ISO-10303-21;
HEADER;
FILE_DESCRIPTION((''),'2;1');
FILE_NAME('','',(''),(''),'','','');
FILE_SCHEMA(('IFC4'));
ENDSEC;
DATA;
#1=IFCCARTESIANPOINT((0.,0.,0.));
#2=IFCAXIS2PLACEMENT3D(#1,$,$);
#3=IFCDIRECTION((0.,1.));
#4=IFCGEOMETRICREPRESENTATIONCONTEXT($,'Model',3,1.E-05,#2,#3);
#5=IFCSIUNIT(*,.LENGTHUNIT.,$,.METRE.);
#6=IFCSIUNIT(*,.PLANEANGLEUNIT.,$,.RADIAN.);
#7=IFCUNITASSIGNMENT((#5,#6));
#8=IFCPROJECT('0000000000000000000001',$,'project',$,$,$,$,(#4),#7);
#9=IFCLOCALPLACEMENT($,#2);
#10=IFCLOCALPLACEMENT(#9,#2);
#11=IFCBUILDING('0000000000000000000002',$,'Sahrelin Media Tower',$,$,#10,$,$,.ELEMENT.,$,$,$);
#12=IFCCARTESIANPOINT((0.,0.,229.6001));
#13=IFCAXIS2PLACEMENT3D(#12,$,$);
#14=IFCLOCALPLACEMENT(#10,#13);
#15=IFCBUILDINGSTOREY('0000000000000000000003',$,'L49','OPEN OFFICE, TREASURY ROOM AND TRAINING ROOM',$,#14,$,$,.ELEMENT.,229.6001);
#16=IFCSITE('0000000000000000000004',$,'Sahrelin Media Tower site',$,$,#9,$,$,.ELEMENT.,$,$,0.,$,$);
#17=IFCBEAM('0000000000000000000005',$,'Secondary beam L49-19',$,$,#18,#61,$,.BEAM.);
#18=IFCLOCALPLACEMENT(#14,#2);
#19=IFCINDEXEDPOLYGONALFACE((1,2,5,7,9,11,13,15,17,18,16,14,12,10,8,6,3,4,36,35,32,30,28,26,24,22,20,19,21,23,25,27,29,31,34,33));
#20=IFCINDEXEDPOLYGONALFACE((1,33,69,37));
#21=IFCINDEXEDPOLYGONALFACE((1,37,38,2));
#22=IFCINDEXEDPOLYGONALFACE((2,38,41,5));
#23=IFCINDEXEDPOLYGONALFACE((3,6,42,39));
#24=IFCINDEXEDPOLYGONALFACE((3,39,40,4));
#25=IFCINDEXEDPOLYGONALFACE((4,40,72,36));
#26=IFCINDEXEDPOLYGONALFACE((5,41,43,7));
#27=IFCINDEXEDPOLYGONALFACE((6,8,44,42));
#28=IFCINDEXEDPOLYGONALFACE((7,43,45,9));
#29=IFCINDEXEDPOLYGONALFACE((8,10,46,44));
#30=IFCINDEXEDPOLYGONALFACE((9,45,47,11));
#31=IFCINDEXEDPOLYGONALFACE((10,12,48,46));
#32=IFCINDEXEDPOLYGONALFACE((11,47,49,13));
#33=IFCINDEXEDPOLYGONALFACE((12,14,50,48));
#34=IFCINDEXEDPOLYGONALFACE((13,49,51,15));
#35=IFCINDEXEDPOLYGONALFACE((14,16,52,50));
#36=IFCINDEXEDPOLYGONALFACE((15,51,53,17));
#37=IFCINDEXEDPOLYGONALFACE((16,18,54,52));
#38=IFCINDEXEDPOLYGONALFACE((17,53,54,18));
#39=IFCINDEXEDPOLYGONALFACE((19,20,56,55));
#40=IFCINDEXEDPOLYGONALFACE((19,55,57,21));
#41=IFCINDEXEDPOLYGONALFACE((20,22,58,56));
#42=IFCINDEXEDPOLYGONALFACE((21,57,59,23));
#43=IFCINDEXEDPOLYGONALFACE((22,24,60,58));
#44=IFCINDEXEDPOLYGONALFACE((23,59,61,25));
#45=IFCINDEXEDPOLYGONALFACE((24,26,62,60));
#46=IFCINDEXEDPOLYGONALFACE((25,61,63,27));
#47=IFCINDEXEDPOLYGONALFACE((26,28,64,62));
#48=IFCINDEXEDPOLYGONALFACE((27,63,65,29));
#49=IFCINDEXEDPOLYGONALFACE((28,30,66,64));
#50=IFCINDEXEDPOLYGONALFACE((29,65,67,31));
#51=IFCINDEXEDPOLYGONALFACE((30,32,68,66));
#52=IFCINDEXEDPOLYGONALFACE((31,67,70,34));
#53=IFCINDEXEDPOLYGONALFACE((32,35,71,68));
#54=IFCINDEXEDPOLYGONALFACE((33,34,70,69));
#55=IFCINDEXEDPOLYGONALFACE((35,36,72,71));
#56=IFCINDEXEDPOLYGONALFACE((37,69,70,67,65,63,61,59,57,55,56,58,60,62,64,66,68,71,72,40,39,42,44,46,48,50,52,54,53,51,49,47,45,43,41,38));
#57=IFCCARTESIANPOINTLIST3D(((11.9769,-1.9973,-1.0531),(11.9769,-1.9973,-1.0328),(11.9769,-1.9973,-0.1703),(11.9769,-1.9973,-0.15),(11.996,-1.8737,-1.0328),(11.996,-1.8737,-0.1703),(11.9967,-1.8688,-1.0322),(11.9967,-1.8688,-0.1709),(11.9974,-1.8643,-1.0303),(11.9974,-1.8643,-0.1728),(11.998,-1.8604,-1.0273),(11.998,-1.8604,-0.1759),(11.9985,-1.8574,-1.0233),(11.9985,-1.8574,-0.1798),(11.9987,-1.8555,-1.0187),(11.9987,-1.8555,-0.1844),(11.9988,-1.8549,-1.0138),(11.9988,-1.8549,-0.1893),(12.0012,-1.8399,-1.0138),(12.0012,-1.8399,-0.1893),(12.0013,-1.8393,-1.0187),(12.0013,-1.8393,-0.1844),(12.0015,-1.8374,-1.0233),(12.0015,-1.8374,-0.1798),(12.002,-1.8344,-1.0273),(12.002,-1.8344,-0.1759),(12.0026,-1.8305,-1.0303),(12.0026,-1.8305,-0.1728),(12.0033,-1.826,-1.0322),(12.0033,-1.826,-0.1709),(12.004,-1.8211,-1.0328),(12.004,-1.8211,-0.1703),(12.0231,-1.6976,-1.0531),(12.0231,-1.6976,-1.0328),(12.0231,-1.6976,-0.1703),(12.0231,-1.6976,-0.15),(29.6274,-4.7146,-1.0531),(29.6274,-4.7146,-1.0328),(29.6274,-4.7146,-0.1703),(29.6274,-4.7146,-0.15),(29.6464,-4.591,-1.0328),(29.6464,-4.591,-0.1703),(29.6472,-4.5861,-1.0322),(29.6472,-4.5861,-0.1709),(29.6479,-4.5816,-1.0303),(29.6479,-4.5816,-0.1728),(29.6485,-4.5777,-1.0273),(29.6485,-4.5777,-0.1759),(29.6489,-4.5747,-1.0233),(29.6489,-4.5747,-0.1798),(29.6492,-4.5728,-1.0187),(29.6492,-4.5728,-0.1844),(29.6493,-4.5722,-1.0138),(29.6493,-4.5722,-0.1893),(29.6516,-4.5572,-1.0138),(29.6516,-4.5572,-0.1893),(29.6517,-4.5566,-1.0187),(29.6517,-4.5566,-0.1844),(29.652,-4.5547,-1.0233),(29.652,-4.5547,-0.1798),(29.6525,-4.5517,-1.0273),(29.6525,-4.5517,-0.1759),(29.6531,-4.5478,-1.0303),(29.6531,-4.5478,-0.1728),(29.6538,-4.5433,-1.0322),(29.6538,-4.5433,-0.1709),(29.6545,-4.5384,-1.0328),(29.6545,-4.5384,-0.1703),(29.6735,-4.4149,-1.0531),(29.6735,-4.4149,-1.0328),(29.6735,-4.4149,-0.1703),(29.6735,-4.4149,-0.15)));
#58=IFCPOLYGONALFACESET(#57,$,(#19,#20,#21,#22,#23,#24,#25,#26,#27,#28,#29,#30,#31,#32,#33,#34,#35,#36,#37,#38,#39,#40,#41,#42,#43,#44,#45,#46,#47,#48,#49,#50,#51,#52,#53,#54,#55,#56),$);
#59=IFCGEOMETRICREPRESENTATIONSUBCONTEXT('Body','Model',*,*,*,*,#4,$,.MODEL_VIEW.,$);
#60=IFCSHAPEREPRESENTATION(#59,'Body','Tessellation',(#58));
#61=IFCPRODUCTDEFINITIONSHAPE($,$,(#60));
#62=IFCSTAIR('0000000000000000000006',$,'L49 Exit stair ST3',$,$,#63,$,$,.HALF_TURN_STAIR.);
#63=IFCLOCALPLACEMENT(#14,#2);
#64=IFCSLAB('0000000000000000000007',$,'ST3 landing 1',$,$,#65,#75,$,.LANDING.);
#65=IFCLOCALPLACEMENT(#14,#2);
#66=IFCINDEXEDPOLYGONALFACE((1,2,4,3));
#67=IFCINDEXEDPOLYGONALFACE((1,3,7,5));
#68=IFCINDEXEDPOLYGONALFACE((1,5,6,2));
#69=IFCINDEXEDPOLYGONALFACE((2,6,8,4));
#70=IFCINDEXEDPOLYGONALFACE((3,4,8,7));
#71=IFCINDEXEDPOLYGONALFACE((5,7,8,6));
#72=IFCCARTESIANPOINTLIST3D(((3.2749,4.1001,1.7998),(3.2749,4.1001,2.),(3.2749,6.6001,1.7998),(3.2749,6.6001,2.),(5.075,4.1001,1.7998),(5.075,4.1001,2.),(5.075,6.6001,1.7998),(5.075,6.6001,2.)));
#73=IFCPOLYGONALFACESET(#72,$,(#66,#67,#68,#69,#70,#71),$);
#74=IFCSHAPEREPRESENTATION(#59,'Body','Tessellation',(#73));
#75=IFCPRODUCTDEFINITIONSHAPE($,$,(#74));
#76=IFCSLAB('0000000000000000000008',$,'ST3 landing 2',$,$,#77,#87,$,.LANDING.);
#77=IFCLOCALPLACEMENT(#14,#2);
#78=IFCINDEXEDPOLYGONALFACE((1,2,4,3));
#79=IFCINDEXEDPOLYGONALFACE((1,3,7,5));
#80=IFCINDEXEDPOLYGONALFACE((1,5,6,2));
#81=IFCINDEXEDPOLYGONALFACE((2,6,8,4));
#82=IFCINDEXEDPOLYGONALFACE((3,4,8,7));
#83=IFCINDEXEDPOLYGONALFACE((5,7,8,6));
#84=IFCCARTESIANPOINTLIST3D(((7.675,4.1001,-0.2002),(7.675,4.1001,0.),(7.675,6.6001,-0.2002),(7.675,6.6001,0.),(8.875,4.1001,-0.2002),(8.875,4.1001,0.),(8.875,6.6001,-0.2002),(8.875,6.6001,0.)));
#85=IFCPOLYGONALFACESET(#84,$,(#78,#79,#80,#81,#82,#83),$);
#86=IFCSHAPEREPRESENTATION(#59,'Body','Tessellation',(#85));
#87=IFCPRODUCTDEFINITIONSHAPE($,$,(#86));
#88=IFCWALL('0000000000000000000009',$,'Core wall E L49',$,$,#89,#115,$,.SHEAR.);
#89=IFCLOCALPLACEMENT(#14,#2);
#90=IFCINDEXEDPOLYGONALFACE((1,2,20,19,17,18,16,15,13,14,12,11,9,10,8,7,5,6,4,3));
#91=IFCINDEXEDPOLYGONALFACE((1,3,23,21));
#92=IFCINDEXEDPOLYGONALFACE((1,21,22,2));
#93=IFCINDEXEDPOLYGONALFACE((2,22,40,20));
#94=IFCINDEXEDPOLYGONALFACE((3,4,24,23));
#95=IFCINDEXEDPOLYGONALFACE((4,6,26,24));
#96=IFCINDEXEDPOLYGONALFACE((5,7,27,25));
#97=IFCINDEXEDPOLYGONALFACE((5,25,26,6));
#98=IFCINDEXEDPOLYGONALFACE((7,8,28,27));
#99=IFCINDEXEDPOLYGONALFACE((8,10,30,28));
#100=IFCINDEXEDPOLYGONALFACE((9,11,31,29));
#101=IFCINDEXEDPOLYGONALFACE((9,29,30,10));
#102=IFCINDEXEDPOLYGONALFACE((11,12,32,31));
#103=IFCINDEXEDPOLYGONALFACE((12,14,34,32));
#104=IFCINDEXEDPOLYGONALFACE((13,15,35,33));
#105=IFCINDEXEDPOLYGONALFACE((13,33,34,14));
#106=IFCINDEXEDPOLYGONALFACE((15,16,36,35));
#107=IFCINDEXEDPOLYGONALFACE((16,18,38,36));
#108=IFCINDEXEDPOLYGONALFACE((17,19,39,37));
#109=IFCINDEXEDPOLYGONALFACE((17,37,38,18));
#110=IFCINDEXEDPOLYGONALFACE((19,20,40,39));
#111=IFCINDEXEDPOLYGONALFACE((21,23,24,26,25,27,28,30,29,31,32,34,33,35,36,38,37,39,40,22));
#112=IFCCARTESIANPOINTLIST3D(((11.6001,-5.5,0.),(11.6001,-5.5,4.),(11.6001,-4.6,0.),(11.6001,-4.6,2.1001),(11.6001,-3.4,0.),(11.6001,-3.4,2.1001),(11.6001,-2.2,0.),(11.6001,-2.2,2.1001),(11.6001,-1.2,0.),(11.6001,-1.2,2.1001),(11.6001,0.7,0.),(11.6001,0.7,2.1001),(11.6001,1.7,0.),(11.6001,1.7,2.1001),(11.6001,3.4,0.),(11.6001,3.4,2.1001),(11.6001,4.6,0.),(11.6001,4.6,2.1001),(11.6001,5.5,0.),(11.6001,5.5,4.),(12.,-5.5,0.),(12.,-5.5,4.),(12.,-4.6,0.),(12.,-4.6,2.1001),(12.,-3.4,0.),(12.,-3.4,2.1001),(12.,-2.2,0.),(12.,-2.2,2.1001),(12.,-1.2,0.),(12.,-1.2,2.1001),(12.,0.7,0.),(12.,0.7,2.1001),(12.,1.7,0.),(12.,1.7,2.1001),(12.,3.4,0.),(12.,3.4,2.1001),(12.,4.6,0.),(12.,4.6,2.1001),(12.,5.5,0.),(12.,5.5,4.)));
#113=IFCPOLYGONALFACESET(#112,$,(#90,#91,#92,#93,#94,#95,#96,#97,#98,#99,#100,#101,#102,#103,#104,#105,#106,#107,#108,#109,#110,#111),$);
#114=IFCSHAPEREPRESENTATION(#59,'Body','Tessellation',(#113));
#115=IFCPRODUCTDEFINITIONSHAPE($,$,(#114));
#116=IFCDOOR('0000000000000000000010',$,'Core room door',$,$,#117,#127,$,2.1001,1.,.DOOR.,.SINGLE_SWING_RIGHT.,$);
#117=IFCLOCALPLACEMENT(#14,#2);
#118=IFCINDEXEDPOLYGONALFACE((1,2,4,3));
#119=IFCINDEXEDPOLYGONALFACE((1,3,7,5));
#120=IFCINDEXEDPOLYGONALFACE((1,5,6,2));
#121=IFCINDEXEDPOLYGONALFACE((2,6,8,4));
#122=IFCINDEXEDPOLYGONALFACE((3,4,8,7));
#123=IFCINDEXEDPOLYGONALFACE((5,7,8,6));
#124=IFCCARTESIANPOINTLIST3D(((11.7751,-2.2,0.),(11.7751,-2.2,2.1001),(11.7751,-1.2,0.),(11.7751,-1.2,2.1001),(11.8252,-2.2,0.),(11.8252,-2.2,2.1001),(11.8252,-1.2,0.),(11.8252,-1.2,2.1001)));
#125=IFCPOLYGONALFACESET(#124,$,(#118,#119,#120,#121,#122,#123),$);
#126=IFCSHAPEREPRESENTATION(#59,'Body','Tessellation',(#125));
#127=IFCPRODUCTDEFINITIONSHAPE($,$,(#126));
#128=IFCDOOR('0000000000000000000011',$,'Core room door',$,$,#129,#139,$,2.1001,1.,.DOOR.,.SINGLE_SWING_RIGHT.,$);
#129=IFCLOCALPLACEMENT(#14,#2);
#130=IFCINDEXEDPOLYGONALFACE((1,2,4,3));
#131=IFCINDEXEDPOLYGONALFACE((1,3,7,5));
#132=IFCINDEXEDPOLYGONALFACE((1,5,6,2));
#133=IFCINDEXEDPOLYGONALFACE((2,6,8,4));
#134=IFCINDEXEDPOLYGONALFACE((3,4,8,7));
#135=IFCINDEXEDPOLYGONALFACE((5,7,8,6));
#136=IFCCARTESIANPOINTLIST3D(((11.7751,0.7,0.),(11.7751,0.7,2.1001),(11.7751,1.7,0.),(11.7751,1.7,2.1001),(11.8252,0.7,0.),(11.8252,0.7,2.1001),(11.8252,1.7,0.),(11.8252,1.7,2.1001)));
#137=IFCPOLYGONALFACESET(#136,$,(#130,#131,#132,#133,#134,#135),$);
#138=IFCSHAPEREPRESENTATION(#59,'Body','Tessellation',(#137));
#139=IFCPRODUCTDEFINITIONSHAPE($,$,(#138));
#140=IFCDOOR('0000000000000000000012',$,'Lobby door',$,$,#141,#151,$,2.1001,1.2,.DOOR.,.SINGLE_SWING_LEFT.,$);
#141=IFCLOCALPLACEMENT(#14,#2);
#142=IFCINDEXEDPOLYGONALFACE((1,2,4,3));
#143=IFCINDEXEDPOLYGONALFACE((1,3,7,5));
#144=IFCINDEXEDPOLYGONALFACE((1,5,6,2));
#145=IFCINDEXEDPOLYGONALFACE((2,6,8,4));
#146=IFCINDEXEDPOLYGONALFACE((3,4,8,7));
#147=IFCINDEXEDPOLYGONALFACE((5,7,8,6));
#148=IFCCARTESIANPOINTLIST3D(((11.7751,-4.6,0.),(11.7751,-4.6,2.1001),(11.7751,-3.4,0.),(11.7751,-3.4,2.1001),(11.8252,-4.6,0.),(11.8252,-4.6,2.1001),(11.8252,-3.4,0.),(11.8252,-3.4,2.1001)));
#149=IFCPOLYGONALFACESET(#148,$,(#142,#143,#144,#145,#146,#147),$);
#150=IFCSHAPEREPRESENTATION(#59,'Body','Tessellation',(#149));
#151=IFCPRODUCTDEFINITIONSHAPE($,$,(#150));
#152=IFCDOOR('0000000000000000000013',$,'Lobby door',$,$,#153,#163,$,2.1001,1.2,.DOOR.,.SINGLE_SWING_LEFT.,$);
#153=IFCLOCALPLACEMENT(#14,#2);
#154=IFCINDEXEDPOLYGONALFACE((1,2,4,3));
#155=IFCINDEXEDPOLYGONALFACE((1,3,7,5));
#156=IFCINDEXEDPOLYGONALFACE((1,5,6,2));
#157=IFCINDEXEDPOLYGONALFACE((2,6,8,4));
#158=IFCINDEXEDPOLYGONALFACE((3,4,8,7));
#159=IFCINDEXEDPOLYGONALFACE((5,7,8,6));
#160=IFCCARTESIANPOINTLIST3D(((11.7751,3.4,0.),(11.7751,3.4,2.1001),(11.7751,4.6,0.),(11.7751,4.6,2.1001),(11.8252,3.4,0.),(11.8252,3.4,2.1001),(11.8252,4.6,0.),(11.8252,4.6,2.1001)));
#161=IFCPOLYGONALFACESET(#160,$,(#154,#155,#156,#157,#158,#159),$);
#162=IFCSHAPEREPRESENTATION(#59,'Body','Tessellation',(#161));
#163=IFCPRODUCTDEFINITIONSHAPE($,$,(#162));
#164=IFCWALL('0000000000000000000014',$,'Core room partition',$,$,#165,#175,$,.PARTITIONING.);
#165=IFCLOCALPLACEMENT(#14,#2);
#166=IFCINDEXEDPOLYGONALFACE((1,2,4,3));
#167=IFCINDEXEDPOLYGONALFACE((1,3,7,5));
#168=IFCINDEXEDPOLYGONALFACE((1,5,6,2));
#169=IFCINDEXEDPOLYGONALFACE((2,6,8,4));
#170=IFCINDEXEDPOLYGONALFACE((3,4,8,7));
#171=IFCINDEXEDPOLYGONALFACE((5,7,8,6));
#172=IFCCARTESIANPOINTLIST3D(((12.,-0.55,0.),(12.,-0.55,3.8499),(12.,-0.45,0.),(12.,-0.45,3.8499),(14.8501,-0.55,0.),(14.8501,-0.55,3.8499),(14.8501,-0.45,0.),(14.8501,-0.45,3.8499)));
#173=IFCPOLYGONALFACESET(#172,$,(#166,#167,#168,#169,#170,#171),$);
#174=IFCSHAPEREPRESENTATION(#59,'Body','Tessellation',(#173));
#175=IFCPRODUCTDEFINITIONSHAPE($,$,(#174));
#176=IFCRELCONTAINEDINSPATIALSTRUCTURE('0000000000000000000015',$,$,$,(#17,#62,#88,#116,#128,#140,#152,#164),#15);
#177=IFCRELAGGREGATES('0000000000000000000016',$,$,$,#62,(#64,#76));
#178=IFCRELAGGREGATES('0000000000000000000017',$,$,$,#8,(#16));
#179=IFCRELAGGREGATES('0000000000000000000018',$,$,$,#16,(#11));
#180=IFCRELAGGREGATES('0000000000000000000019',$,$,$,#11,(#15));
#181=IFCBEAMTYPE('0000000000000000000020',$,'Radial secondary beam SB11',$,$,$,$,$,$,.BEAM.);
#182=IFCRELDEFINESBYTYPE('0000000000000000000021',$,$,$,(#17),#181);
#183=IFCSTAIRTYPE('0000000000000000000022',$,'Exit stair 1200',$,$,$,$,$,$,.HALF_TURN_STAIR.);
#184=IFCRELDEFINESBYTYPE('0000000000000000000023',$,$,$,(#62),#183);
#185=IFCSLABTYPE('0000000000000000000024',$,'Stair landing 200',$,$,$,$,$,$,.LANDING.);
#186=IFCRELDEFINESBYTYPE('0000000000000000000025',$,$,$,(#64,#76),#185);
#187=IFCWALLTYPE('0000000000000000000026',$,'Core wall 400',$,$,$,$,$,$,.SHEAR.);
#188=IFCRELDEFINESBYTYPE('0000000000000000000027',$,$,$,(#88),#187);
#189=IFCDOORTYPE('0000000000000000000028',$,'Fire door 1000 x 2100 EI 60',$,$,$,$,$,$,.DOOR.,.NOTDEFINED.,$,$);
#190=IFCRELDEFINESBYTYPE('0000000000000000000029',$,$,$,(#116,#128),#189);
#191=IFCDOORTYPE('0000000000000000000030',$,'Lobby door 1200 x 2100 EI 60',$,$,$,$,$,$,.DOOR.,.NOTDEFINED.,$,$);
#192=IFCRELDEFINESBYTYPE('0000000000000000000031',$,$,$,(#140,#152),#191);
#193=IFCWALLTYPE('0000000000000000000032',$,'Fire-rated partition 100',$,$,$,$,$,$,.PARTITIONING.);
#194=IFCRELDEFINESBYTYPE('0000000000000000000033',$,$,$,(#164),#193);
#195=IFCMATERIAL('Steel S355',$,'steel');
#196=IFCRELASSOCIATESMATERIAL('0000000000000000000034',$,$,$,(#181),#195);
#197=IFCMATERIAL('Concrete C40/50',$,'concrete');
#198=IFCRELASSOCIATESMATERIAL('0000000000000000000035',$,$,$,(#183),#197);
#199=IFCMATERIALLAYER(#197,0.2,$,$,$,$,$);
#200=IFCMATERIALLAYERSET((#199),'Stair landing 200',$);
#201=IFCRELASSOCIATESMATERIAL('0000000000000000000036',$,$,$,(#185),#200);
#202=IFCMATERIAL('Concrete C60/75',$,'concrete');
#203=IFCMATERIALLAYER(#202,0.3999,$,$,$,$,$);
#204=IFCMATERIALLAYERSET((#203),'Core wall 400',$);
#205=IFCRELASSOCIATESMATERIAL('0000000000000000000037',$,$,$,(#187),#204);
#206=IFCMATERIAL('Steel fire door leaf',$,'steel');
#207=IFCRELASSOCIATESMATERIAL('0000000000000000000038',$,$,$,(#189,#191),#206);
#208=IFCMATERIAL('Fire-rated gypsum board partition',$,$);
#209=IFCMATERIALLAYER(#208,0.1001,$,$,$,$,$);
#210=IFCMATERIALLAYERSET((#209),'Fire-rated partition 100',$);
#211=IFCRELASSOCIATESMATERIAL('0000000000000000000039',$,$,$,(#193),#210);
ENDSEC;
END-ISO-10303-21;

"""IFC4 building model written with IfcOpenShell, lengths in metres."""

from ifc_helpers import new_model, si_unit, direction, frame, frame_2d, origin, origin_2d, place, context, subcontext, project, spatial, polyline, rectangle, i_section, outline, extrude, material, layer, layer_set, material_profile, profile_set, type_object, element, fill, aggregate, save


model = new_model("IFC4")

# Units and contexts
model_context = context("Model", 3, precision=1e-05, world=origin(), true_north=direction((0.0, 1.0)))
body_context = subcontext(model_context, "Body", "Model", "MODEL_VIEW")
ifc_project = project(units=[si_unit("LENGTHUNIT", "METRE"), si_unit("PLANEANGLEUNIT", "RADIAN")], contexts=[model_context])

# Site, building, storey
site_placement = place(None, origin())
site = spatial("IfcSite", under=ifc_project, at=site_placement, Name="Sahrelin Media Tower site", CompositionType="ELEMENT", RefElevation=0.0)
building_placement = place(site_placement, origin())
building = spatial("IfcBuilding", under=site, at=building_placement, Name="Sahrelin Media Tower", CompositionType="ELEMENT")
storey_placement = place(building_placement, frame((0.0, 0.0, 229.6001)))
storey = spatial("IfcBuildingStorey", under=building, at=storey_placement, Name="L49", Description="OPEN OFFICE, TREASURY ROOM AND TRAINING ROOM", CompositionType="ELEMENT", Elevation=229.6001)

# Beam
ifc_material_1 = material(Name="Steel S355", Category="steel")
ifc_material_profile_1 = material_profile(ifc_material_1, i_section(OverallWidth=0.3032, OverallDepth=0.9031, WebThickness=0.0151, FlangeThickness=0.0203, FilletRadius=0.019, at=origin_2d()), Name="UB 914x305x201")
ifc_profile_set_1 = profile_set([ifc_material_profile_1], Name="Steel S355")
beam_type_1 = type_object("IfcBeamType", Name="Radial secondary beam SB11", PredefinedType="BEAM", material=ifc_profile_set_1)
beam_1_placement = place(storey_placement, frame((12.0, -1.8474, -0.6016), z_axis=(0.988356, -0.152158, 0.0), x_axis=(0.152158, 0.988356, 0.0)))
element("IfcBeam", 1, at=beam_1_placement, inside=storey, type_object=beam_type_1, Name="Secondary beam L49-19", PredefinedType="BEAM", context=body_context, shape_type="SweptSolid", body=[
    extrude(i_section(OverallWidth=0.3032, OverallDepth=0.9031, WebThickness=0.0151, FlangeThickness=0.0203, FilletRadius=0.019, at=origin_2d()), origin(), (0.0, 0.0, 1.0), 17.8584),
])

# Stair, slabs
ifc_material_2 = material(Name="Concrete C40/50", Category="concrete")
stair_type = type_object("IfcStairType", Name="Exit stair 1200", PredefinedType="HALF_TURN_STAIR", material=ifc_material_2)
stair_placement = place(storey_placement, origin())
stair = element("IfcStair", 2, at=stair_placement, inside=storey, type_object=stair_type, Name="L49 Exit stair ST3", PredefinedType="HALF_TURN_STAIR")
ifc_layer_1 = layer(ifc_material_2, 0.2)
ifc_layer_set_1 = layer_set([ifc_layer_1], Name="Stair landing 200")
slab_type = type_object("IfcSlabType", Name="Stair landing 200", PredefinedType="LANDING", material=ifc_layer_set_1)
slab_1_placement = place(storey_placement, frame((0.0, 0.0, 1.7998)))
slab_1 = element("IfcSlab", 3, at=slab_1_placement, type_object=slab_type, Name="ST3 landing 1", PredefinedType="LANDING", context=body_context, shape_type="SweptSolid", body=[
    extrude(outline(polyline([(5.075, 6.6001), (3.2749, 6.6001), (3.2749, 4.1001), (5.075, 4.1001), (5.075, 6.6001)])), origin(), (0.0, 0.0, 1.0), 0.2002),
])
slab_2_placement = place(storey_placement, frame((0.0, 0.0, -0.2002)))
slab_2 = element("IfcSlab", 4, at=slab_2_placement, type_object=slab_type, Name="ST3 landing 2", PredefinedType="LANDING", context=body_context, shape_type="SweptSolid", body=[
    extrude(outline(polyline([(8.875, 6.6001), (7.675, 6.6001), (7.675, 4.1001), (8.875, 4.1001), (8.875, 6.6001)])), origin(), (0.0, 0.0, 1.0), 0.2002),
])
aggregate(stair, [slab_1, slab_2])

# Wall, openings, doors
ifc_material_3 = material(Name="Concrete C60/75", Category="concrete")
ifc_layer_2 = layer(ifc_material_3, 0.3999)
ifc_layer_set_2 = layer_set([ifc_layer_2], Name="Core wall 400")
wall_type_1 = type_object("IfcWallType", Name="Core wall 400", PredefinedType="SHEAR", material=ifc_layer_set_2)
wall_1_placement = place(storey_placement, frame((11.8, -5.5, 0.0), z_axis=(0.0, 0.0, 1.0), x_axis=(0.0, 1.0, 0.0)))
wall_1 = element("IfcWall", 5, at=wall_1_placement, inside=storey, type_object=wall_type_1, Name="Core wall E L49", PredefinedType="SHEAR", context=body_context, shape_type="SweptSolid", body=[
    extrude(rectangle(XDim=11.0, YDim=0.3999, at=frame_2d((5.5, 0.0))), origin(), (0.0, 0.0, 1.0), 4.0),
])
opening_1_placement = place(wall_1_placement, frame((3.3, 0.0, 0.0)))
opening_1 = element("IfcOpeningElement", 6, at=opening_1_placement, cuts=wall_1, PredefinedType="OPENING", context=body_context, shape_type="SweptSolid", body=[
    extrude(rectangle(XDim=1.0, YDim=2.1001, at=frame_2d((0.5, 1.05))), frame((0.0, 0.2, 0.0), z_axis=(0.0, -1.0, 0.0), x_axis=(1.0, 0.0, 0.0)), (0.0, 0.0, 1.0), 0.3999),
])
opening_2_placement = place(wall_1_placement, frame((6.2, 0.0, 0.0)))
opening_2 = element("IfcOpeningElement", 7, at=opening_2_placement, cuts=wall_1, PredefinedType="OPENING", context=body_context, shape_type="SweptSolid", body=[
    extrude(rectangle(XDim=1.0, YDim=2.1001, at=frame_2d((0.5, 1.05))), frame((0.0, 0.2, 0.0), z_axis=(0.0, -1.0, 0.0), x_axis=(1.0, 0.0, 0.0)), (0.0, 0.0, 1.0), 0.3999),
])
opening_3_placement = place(wall_1_placement, frame((0.8999, 0.0, 0.0)))
opening_3 = element("IfcOpeningElement", 8, at=opening_3_placement, cuts=wall_1, PredefinedType="OPENING", context=body_context, shape_type="SweptSolid", body=[
    extrude(rectangle(XDim=1.2, YDim=2.1001, at=frame_2d((0.6001, 1.05))), frame((0.0, 0.2, 0.0), z_axis=(0.0, -1.0, 0.0), x_axis=(1.0, 0.0, 0.0)), (0.0, 0.0, 1.0), 0.3999),
])
opening_4_placement = place(wall_1_placement, frame((8.8999, 0.0, 0.0)))
opening_4 = element("IfcOpeningElement", 9, at=opening_4_placement, cuts=wall_1, PredefinedType="OPENING", context=body_context, shape_type="SweptSolid", body=[
    extrude(rectangle(XDim=1.2, YDim=2.1001, at=frame_2d((0.6001, 1.05))), frame((0.0, 0.2, 0.0), z_axis=(0.0, -1.0, 0.0), x_axis=(1.0, 0.0, 0.0)), (0.0, 0.0, 1.0), 0.3999),
])
ifc_material_4 = material(Name="Steel fire door leaf", Category="steel")
door_type_1 = type_object("IfcDoorType", Name="Fire door 1000 x 2100 EI 60", OperationType="NOTDEFINED", PredefinedType="DOOR", material=ifc_material_4)
door_1_placement = place(opening_1_placement, origin())
door_1 = element("IfcDoor", 10, at=door_1_placement, inside=storey, type_object=door_type_1, Name="Core room door", OperationType="SINGLE_SWING_RIGHT", OverallHeight=2.1001, OverallWidth=1.0, PredefinedType="DOOR", context=body_context, shape_type="SweptSolid", body=[
    extrude(rectangle(XDim=1.0, YDim=2.1001, at=frame_2d((0.5, 1.05))), frame((0.0, 0.0249, 0.0), z_axis=(0.0, -1.0, 0.0), x_axis=(1.0, 0.0, 0.0)), (0.0, 0.0, 1.0), 0.05),
])
fill(opening_1, door_1)
door_2_placement = place(opening_2_placement, origin())
door_2 = element("IfcDoor", 11, at=door_2_placement, inside=storey, type_object=door_type_1, Name="Core room door", OperationType="SINGLE_SWING_RIGHT", OverallHeight=2.1001, OverallWidth=1.0, PredefinedType="DOOR", context=body_context, shape_type="SweptSolid", body=[
    extrude(rectangle(XDim=1.0, YDim=2.1001, at=frame_2d((0.5, 1.05))), frame((0.0, 0.0249, 0.0), z_axis=(0.0, -1.0, 0.0), x_axis=(1.0, 0.0, 0.0)), (0.0, 0.0, 1.0), 0.05),
])
fill(opening_2, door_2)
door_type_2 = type_object("IfcDoorType", Name="Lobby door 1200 x 2100 EI 60", OperationType="NOTDEFINED", PredefinedType="DOOR", material=ifc_material_4)
door_3_placement = place(opening_3_placement, origin())
door_3 = element("IfcDoor", 12, at=door_3_placement, inside=storey, type_object=door_type_2, Name="Lobby door", OperationType="SINGLE_SWING_LEFT", OverallHeight=2.1001, OverallWidth=1.2, PredefinedType="DOOR", context=body_context, shape_type="SweptSolid", body=[
    extrude(rectangle(XDim=1.2, YDim=2.1001, at=frame_2d((0.6001, 1.05))), frame((0.0, 0.0249, 0.0), z_axis=(0.0, -1.0, 0.0), x_axis=(1.0, 0.0, 0.0)), (0.0, 0.0, 1.0), 0.05),
])
fill(opening_3, door_3)
door_4_placement = place(opening_4_placement, origin())
door_4 = element("IfcDoor", 13, at=door_4_placement, inside=storey, type_object=door_type_2, Name="Lobby door", OperationType="SINGLE_SWING_LEFT", OverallHeight=2.1001, OverallWidth=1.2, PredefinedType="DOOR", context=body_context, shape_type="SweptSolid", body=[
    extrude(rectangle(XDim=1.2, YDim=2.1001, at=frame_2d((0.6001, 1.05))), frame((0.0, 0.0249, 0.0), z_axis=(0.0, -1.0, 0.0), x_axis=(1.0, 0.0, 0.0)), (0.0, 0.0, 1.0), 0.05),
])
fill(opening_4, door_4)

# Wall
ifc_material_5 = material(Name="Fire-rated gypsum board partition")
ifc_layer_3 = layer(ifc_material_5, 0.1001)
ifc_layer_set_3 = layer_set([ifc_layer_3], Name="Fire-rated partition 100")
wall_type_2 = type_object("IfcWallType", Name="Fire-rated partition 100", PredefinedType="PARTITIONING", material=ifc_layer_set_3)
wall_2_placement = place(storey_placement, frame((12.0, -0.5, 0.0), z_axis=(0.0, 0.0, 1.0), x_axis=(1.0, 0.0, 0.0)))
element("IfcWall", 14, at=wall_2_placement, inside=storey, type_object=wall_type_2, Name="Core room partition", PredefinedType="PARTITIONING", context=body_context, shape_type="SweptSolid", body=[
    extrude(rectangle(XDim=2.8501, YDim=0.1001, at=frame_2d((1.425, 0.0))), origin(), (0.0, 0.0, 1.0), 3.8499),
])

save(model, "model.ifc")
